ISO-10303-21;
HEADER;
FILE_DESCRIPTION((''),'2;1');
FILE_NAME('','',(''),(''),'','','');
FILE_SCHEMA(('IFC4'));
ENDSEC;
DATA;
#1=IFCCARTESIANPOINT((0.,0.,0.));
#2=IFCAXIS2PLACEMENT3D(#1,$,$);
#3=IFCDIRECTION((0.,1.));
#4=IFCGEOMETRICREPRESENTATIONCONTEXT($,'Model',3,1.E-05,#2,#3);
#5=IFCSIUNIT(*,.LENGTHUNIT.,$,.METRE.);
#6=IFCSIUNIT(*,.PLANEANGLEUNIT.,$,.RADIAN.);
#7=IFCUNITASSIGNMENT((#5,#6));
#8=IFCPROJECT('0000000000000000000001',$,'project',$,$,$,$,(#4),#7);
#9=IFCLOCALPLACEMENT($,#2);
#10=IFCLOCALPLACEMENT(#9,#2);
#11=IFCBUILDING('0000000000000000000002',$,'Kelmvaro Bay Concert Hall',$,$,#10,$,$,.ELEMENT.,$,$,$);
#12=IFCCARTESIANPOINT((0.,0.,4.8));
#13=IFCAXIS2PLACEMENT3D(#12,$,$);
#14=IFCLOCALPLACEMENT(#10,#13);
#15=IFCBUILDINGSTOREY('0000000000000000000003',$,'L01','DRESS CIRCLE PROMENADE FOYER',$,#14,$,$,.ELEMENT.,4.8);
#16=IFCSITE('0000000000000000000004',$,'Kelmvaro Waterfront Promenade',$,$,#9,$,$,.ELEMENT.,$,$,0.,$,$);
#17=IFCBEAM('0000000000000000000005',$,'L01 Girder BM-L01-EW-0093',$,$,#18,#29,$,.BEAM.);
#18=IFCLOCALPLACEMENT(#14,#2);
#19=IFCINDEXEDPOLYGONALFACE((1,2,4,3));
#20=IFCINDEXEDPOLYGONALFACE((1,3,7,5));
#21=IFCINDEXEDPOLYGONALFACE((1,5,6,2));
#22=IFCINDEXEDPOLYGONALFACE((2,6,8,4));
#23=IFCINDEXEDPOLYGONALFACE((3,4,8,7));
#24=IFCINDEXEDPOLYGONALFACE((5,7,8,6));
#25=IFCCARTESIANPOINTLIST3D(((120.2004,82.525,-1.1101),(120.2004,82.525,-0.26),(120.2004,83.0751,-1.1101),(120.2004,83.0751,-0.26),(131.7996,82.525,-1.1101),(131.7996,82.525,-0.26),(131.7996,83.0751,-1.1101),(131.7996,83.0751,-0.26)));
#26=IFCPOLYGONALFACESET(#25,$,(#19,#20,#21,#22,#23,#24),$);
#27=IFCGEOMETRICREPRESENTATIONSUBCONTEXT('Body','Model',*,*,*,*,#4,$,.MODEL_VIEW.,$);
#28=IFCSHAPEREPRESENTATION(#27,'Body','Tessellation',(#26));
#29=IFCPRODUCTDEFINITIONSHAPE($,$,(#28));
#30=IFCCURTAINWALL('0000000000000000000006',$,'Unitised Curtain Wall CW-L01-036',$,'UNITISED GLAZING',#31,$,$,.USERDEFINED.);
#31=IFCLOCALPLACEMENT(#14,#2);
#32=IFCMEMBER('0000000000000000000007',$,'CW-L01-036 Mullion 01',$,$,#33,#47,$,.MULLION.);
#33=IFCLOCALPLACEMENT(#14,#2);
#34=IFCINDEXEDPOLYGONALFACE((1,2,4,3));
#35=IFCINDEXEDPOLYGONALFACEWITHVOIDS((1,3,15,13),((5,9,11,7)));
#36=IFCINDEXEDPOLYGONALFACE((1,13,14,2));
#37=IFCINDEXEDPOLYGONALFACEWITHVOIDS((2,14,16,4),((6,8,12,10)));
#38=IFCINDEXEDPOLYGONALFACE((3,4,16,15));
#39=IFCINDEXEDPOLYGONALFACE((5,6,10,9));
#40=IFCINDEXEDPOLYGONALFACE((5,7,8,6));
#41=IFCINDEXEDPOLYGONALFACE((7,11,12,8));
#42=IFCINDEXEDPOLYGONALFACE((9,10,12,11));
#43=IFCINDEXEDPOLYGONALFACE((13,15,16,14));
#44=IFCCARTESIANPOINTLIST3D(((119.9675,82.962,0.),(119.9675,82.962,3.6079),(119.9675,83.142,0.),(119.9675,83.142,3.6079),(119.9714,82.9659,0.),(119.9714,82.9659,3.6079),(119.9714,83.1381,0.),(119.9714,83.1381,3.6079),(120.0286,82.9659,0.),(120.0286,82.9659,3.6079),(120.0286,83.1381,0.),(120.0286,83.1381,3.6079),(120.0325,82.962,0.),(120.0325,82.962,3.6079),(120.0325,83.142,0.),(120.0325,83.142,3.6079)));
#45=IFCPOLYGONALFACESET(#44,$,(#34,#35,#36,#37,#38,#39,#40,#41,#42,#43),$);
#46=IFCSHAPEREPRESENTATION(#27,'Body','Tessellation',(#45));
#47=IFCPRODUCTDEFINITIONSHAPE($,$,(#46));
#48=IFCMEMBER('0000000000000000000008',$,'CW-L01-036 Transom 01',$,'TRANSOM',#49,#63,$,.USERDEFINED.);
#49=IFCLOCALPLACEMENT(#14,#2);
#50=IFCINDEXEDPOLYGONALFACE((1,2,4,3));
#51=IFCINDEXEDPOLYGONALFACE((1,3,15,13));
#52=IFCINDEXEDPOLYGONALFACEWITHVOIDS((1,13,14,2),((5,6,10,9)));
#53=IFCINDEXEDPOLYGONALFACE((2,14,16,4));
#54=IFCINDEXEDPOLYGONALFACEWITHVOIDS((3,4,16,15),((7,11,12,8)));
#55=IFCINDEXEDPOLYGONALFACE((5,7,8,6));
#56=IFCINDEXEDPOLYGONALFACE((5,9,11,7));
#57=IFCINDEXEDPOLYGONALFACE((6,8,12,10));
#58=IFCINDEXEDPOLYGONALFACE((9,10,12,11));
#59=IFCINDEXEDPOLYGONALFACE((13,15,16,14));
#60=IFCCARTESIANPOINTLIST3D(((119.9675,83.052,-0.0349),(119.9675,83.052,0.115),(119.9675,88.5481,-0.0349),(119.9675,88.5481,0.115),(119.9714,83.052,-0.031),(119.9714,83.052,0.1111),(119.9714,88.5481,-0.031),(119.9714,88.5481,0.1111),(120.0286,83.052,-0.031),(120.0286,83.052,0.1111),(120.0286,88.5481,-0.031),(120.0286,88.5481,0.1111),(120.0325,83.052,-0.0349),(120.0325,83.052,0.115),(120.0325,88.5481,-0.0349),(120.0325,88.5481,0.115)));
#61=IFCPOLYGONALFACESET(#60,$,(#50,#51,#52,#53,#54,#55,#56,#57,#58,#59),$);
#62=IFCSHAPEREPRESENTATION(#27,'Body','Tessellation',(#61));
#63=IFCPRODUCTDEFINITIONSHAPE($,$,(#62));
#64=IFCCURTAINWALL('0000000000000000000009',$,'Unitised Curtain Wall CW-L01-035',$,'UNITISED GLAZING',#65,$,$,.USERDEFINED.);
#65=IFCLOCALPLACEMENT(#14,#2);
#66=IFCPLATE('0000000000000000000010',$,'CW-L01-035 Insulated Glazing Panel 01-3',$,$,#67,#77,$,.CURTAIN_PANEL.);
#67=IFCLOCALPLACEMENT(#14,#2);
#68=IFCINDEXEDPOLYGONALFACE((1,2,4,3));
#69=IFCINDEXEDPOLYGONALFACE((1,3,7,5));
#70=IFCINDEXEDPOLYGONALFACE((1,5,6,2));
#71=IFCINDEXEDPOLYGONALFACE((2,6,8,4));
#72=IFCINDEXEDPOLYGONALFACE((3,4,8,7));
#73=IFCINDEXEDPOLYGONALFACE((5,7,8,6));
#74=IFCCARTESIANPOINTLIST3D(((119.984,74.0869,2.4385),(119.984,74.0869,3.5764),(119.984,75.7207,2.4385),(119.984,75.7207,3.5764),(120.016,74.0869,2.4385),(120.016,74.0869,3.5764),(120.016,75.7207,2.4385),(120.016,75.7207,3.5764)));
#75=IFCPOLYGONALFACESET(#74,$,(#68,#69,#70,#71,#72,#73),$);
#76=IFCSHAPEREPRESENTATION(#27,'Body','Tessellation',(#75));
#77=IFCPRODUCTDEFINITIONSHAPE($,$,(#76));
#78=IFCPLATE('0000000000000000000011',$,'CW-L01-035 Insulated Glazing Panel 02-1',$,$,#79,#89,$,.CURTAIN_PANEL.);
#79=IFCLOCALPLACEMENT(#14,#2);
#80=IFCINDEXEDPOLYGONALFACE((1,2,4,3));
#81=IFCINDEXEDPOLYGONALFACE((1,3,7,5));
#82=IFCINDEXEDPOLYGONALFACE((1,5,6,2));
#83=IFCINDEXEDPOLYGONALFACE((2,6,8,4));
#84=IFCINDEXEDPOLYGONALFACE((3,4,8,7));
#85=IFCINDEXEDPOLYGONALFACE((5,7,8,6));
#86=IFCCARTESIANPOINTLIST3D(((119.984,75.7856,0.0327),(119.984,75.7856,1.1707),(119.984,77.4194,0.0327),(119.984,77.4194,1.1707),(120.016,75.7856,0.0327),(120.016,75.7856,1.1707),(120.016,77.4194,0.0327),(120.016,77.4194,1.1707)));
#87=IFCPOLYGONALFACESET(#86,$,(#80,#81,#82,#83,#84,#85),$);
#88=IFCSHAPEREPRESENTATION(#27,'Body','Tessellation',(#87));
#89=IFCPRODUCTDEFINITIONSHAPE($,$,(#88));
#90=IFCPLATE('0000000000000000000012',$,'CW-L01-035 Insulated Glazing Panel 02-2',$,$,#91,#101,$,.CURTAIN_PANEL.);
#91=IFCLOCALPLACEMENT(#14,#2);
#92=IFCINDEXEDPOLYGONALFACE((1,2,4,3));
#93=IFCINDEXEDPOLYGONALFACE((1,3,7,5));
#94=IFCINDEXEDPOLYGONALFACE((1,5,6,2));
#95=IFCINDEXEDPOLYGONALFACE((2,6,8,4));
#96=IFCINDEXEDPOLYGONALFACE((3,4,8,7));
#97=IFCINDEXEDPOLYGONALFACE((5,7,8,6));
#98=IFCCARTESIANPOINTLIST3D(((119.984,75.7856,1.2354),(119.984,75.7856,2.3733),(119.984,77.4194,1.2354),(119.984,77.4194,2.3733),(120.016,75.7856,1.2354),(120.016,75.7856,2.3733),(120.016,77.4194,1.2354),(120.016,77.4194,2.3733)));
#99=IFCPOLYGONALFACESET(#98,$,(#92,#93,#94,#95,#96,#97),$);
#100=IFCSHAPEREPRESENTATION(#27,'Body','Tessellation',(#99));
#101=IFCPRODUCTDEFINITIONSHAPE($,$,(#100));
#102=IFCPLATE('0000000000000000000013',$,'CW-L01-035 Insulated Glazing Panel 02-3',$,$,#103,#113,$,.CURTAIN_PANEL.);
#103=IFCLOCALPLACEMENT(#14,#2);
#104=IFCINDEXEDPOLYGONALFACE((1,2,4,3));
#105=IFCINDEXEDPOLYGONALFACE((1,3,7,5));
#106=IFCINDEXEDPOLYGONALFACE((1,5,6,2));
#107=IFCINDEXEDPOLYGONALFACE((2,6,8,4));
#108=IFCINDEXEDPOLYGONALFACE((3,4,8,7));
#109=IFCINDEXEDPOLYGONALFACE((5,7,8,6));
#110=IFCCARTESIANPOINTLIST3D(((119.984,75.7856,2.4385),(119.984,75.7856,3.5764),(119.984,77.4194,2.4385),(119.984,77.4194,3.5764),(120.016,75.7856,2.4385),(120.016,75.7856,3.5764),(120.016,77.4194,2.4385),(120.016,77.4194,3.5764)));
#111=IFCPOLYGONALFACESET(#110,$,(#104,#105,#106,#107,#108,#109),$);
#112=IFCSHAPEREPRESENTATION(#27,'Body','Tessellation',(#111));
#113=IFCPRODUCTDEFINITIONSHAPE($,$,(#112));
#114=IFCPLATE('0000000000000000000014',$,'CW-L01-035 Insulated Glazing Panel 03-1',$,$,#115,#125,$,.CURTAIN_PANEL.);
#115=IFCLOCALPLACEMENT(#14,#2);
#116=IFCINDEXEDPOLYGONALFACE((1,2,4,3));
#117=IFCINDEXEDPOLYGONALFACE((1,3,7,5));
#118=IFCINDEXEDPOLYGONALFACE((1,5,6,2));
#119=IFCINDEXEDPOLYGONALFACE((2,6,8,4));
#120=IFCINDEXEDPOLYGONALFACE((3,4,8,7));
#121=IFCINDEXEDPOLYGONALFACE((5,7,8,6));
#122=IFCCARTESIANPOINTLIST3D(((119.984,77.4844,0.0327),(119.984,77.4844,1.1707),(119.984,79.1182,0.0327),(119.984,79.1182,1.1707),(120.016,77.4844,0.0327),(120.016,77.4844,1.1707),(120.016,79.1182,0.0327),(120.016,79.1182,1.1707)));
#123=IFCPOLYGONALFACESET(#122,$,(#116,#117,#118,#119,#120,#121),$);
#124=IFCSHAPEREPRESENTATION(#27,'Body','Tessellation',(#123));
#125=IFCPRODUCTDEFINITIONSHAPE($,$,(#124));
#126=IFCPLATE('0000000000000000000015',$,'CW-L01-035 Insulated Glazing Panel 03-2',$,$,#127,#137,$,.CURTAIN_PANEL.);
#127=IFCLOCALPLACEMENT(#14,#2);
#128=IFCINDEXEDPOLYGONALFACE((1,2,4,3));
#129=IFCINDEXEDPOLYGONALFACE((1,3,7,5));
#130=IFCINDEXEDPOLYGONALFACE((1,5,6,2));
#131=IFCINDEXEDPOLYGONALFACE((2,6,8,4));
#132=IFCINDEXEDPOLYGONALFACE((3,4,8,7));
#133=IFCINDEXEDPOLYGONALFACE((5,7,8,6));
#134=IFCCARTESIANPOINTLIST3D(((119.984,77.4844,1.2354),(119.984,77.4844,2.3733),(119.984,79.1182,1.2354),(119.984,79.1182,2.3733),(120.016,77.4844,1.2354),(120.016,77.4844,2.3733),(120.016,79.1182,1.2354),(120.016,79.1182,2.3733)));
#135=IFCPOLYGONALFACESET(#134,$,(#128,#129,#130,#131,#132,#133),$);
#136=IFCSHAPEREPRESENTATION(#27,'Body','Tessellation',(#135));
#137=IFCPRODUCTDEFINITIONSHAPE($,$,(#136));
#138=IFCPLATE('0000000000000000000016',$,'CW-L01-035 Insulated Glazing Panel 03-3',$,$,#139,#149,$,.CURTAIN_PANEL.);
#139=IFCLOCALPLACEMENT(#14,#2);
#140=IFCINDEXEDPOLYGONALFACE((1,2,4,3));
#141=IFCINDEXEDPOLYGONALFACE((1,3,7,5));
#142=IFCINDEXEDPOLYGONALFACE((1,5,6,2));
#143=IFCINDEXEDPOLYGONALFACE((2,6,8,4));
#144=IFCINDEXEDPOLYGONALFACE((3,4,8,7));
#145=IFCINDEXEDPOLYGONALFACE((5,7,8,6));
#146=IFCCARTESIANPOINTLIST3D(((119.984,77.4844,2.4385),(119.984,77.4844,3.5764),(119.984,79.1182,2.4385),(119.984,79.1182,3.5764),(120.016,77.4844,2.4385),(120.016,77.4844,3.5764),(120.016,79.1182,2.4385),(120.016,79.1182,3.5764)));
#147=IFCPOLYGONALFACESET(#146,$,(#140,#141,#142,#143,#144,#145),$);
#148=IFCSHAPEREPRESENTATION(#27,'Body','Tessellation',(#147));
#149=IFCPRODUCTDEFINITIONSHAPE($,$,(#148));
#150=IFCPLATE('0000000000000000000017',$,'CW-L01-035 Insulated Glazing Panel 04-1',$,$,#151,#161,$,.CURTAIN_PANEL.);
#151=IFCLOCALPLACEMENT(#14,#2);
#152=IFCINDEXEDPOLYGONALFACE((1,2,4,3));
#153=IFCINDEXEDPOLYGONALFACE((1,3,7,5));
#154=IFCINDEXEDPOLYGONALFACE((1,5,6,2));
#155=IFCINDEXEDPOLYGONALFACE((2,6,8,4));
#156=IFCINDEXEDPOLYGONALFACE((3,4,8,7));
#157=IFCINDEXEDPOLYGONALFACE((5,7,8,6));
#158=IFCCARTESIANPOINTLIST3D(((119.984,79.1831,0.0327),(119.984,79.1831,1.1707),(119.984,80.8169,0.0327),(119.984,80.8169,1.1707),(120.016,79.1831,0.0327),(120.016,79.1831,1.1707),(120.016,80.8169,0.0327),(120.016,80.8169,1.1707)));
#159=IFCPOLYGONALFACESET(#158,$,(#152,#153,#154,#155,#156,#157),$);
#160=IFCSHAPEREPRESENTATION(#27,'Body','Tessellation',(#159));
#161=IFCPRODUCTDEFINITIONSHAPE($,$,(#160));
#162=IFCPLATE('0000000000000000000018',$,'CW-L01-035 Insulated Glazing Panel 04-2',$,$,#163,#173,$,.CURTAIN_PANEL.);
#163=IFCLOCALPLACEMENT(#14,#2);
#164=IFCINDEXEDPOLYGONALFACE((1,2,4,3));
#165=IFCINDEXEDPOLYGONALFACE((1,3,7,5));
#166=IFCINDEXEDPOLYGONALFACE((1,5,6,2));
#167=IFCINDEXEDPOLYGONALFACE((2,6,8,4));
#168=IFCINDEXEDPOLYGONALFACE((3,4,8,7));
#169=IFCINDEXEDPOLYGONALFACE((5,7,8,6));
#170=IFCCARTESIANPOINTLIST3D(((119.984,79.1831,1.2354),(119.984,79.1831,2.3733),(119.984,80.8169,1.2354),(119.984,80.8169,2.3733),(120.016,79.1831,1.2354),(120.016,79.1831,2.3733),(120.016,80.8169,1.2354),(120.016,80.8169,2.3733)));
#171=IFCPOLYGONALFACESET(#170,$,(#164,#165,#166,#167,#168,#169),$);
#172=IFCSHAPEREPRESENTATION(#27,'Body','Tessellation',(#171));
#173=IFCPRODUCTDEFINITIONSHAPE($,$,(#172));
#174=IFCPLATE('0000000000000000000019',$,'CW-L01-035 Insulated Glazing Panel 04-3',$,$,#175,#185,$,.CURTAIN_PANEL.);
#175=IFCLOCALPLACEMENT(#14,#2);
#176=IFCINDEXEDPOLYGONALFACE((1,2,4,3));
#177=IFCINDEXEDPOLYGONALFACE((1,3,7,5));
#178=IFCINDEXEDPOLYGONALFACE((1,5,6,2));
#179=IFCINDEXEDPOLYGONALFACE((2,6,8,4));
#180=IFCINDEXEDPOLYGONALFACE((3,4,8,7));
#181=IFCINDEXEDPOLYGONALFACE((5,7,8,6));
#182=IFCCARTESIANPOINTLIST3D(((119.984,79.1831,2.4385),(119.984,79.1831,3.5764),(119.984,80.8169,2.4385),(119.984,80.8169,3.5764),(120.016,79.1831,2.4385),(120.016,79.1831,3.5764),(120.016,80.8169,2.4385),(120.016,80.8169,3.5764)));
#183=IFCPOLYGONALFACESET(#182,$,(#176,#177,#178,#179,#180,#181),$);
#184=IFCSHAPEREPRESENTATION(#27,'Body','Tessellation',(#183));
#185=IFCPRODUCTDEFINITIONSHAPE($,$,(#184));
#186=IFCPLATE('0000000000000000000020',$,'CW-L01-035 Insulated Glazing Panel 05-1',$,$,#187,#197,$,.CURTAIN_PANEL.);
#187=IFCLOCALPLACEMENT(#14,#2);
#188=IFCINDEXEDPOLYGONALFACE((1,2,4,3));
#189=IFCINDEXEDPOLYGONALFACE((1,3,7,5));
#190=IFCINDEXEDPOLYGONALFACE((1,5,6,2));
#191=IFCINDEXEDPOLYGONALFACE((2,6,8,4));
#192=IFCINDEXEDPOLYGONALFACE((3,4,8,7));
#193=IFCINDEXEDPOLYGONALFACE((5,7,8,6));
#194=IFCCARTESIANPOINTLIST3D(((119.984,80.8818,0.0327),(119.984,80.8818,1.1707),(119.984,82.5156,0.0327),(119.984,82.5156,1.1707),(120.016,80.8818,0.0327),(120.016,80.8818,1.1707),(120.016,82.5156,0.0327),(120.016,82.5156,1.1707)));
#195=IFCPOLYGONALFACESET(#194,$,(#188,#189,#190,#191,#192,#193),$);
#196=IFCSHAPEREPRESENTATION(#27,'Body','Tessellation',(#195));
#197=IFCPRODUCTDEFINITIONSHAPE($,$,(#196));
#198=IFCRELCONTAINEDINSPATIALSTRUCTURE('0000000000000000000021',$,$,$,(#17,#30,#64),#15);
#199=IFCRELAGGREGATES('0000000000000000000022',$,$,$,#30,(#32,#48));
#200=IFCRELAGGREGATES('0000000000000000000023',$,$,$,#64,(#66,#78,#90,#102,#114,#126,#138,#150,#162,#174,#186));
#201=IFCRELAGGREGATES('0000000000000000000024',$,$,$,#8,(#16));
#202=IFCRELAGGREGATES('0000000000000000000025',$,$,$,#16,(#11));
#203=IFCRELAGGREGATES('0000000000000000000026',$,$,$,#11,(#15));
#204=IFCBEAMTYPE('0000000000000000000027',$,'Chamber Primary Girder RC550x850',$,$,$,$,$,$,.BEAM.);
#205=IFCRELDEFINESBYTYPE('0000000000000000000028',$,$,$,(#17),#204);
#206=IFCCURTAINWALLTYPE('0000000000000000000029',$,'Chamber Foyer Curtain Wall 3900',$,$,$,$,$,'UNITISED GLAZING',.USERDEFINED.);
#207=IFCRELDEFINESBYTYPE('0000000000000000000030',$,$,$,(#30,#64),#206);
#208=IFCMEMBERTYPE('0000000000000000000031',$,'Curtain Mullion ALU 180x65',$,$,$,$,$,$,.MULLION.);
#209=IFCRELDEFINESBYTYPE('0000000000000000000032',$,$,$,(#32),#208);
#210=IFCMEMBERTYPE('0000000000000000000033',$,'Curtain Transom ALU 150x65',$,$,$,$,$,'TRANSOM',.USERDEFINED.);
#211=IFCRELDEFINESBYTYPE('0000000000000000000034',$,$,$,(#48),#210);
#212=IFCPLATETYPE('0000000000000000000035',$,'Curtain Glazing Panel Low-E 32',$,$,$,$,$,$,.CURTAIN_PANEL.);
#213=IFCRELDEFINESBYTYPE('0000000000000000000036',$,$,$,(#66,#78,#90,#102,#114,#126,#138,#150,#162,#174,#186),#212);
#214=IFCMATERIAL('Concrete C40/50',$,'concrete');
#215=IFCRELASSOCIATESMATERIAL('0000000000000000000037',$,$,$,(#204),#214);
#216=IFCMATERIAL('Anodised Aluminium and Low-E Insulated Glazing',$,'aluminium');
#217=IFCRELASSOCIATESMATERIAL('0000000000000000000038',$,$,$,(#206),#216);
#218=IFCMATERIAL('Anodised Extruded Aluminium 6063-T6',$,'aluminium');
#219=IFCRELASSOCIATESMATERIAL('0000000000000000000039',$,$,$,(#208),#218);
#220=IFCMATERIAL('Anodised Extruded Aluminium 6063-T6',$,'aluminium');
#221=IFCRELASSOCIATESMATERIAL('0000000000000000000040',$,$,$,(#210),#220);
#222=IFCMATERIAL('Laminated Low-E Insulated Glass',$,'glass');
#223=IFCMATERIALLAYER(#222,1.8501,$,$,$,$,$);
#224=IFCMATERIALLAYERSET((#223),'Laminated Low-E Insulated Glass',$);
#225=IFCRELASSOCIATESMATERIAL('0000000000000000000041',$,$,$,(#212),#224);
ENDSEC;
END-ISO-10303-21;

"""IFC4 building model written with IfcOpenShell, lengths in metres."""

from ifc_helpers import new_model, si_unit, direction, frame, origin, origin_2d, place, context, subcontext, project, spatial, rectangle, hollow_rectangle, extrude, material, layer, layer_set, material_profile, profile_set, type_object, element, aggregate, save


model = new_model("IFC4")

# Units and contexts
model_context = context("Model", 3, precision=1e-05, world=origin(), true_north=direction((0.0, 1.0)))
body_context = subcontext(model_context, "Body", "Model", "MODEL_VIEW")
ifc_project = project(units=[si_unit("LENGTHUNIT", "METRE"), si_unit("PLANEANGLEUNIT", "RADIAN")], contexts=[model_context])

# Site, building, storey
site_placement = place(None, origin())
site = spatial("IfcSite", under=ifc_project, at=site_placement, Name="Kelmvaro Waterfront Promenade", CompositionType="ELEMENT", RefElevation=0.0)
building_placement = place(site_placement, origin())
building = spatial("IfcBuilding", under=site, at=building_placement, Name="Kelmvaro Bay Concert Hall", CompositionType="ELEMENT")
storey_placement = place(building_placement, frame((0.0, 0.0, 4.8)))
storey = spatial("IfcBuildingStorey", under=building, at=storey_placement, Name="L01", Description="DRESS CIRCLE PROMENADE FOYER", CompositionType="ELEMENT", Elevation=4.8)

# Beam
ifc_material_1 = material(Name="Concrete C40/50", Category="concrete")
ifc_material_profile_1 = material_profile(ifc_material_1, rectangle(XDim=0.55, YDim=0.8501, at=origin_2d()), Name="RC-BM-550X850")
ifc_profile_set_1 = profile_set([ifc_material_profile_1], Name="Concrete C40/50")
beam_type = type_object("IfcBeamType", Name="Chamber Primary Girder RC550x850", PredefinedType="BEAM", material=ifc_profile_set_1)
beam_placement = place(storey_placement, frame((120.2004, 82.8, -0.6851), z_axis=(1.0, 0.0, 0.0), x_axis=(0.0, 1.0, 0.0)))
element("IfcBeam", 1, at=beam_placement, inside=storey, type_object=beam_type, Name="L01 Girder BM-L01-EW-0093", PredefinedType="BEAM", context=body_context, shape_type="SweptSolid", body=[
    extrude(rectangle(XDim=0.55, YDim=0.8501, at=origin_2d()), origin(), (0.0, 0.0, 1.0), 11.5991),
])

# Curtain wall, members
ifc_material_2 = material(Name="Anodised Aluminium and Low-E Insulated Glazing", Category="aluminium")
curtain_wall_type = type_object("IfcCurtainWallType", Name="Chamber Foyer Curtain Wall 3900", ElementType="UNITISED GLAZING", PredefinedType="USERDEFINED", material=ifc_material_2)
curtain_wall_1_placement = place(storey_placement, origin())
curtain_wall_1 = element("IfcCurtainWall", 2, at=curtain_wall_1_placement, inside=storey, type_object=curtain_wall_type, Name="Unitised Curtain Wall CW-L01-036", ObjectType="UNITISED GLAZING", PredefinedType="USERDEFINED")
ifc_material_3 = material(Name="Anodised Extruded Aluminium 6063-T6", Category="aluminium")
ifc_material_profile_2 = material_profile(ifc_material_3, hollow_rectangle(XDim=0.0649, YDim=0.1799, WallThickness=0.0039, at=origin_2d()), Name="ALU-MUL-180X65")
ifc_profile_set_2 = profile_set([ifc_material_profile_2], Name="Anodised Extruded Aluminium 6063-T6")
member_type_1 = type_object("IfcMemberType", Name="Curtain Mullion ALU 180x65", PredefinedType="MULLION", material=ifc_profile_set_2)
member_1_placement = place(storey_placement, frame((120.0, 83.052, 0.0), z_axis=(0.0, 0.0, 1.0), x_axis=(1.0, 0.0, 0.0)))
member_1 = element("IfcMember", 3, at=member_1_placement, type_object=member_type_1, Name="CW-L01-036 Mullion 01", PredefinedType="MULLION", context=body_context, shape_type="SweptSolid", body=[
    extrude(hollow_rectangle(XDim=0.0649, YDim=0.1799, WallThickness=0.0039, at=origin_2d()), origin(), (0.0, 0.0, 1.0), 3.6079),
])
ifc_material_4 = material(Name="Anodised Extruded Aluminium 6063-T6", Category="aluminium")
ifc_material_profile_3 = material_profile(ifc_material_4, hollow_rectangle(XDim=0.0649, YDim=0.1499, WallThickness=0.0039, at=origin_2d()), Name="ALU-TRN-150X65")
ifc_profile_set_3 = profile_set([ifc_material_profile_3], Name="Anodised Extruded Aluminium 6063-T6")
member_type_2 = type_object("IfcMemberType", Name="Curtain Transom ALU 150x65", ElementType="TRANSOM", PredefinedType="USERDEFINED", material=ifc_profile_set_3)
member_2_placement = place(storey_placement, frame((120.0, 83.052, 0.04), z_axis=(0.0, 1.0, 0.0), x_axis=(-1.0, 0.0, 0.0)))
member_2 = element("IfcMember", 4, at=member_2_placement, type_object=member_type_2, Name="CW-L01-036 Transom 01", ObjectType="TRANSOM", PredefinedType="USERDEFINED", context=body_context, shape_type="SweptSolid", body=[
    extrude(hollow_rectangle(XDim=0.0649, YDim=0.1499, WallThickness=0.0039, at=origin_2d()), origin(), (0.0, 0.0, 1.0), 5.4961),
])
aggregate(curtain_wall_1, [member_1, member_2])

# Curtain wall, plates
curtain_wall_2_placement = place(storey_placement, origin())
curtain_wall_2 = element("IfcCurtainWall", 5, at=curtain_wall_2_placement, inside=storey, type_object=curtain_wall_type, Name="Unitised Curtain Wall CW-L01-035", ObjectType="UNITISED GLAZING", PredefinedType="USERDEFINED")
ifc_material_5 = material(Name="Laminated Low-E Insulated Glass", Category="glass")
ifc_layer_1 = layer(ifc_material_5, 1.8501)
ifc_layer_set_1 = layer_set([ifc_layer_1], Name="Laminated Low-E Insulated Glass")
plate_type = type_object("IfcPlateType", Name="Curtain Glazing Panel Low-E 32", PredefinedType="CURTAIN_PANEL", material=ifc_layer_set_1)
plate_1_placement = place(storey_placement, frame((120.0, 74.9038, 2.4385), z_axis=(0.0, 0.0, 1.0), x_axis=(0.0, 1.0, 0.0)))
plate_1 = element("IfcPlate", 6, at=plate_1_placement, type_object=plate_type, Name="CW-L01-035 Insulated Glazing Panel 01-3", PredefinedType="CURTAIN_PANEL", context=body_context, shape_type="SweptSolid", body=[
    extrude(rectangle(XDim=1.6338, YDim=0.032, at=origin_2d()), origin(), (0.0, 0.0, 1.0), 1.1379),
])
plate_2_placement = place(storey_placement, frame((120.0, 76.6025, 0.0327), z_axis=(0.0, 0.0, 1.0), x_axis=(0.0, 1.0, 0.0)))
plate_2 = element("IfcPlate", 7, at=plate_2_placement, type_object=plate_type, Name="CW-L01-035 Insulated Glazing Panel 02-1", PredefinedType="CURTAIN_PANEL", context=body_context, shape_type="SweptSolid", body=[
    extrude(rectangle(XDim=1.6338, YDim=0.032, at=origin_2d()), origin(), (0.0, 0.0, 1.0), 1.1379),
])
plate_3_placement = place(storey_placement, frame((120.0, 76.6025, 1.2354), z_axis=(0.0, 0.0, 1.0), x_axis=(0.0, 1.0, 0.0)))
plate_3 = element("IfcPlate", 8, at=plate_3_placement, type_object=plate_type, Name="CW-L01-035 Insulated Glazing Panel 02-2", PredefinedType="CURTAIN_PANEL", context=body_context, shape_type="SweptSolid", body=[
    extrude(rectangle(XDim=1.6338, YDim=0.032, at=origin_2d()), origin(), (0.0, 0.0, 1.0), 1.1379),
])
plate_4_placement = place(storey_placement, frame((120.0, 76.6025, 2.4385), z_axis=(0.0, 0.0, 1.0), x_axis=(0.0, 1.0, 0.0)))
plate_4 = element("IfcPlate", 9, at=plate_4_placement, type_object=plate_type, Name="CW-L01-035 Insulated Glazing Panel 02-3", PredefinedType="CURTAIN_PANEL", context=body_context, shape_type="SweptSolid", body=[
    extrude(rectangle(XDim=1.6338, YDim=0.032, at=origin_2d()), origin(), (0.0, 0.0, 1.0), 1.1379),
])
plate_5_placement = place(storey_placement, frame((120.0, 78.3013, 0.0327), z_axis=(0.0, 0.0, 1.0), x_axis=(0.0, 1.0, 0.0)))
plate_5 = element("IfcPlate", 10, at=plate_5_placement, type_object=plate_type, Name="CW-L01-035 Insulated Glazing Panel 03-1", PredefinedType="CURTAIN_PANEL", context=body_context, shape_type="SweptSolid", body=[
    extrude(rectangle(XDim=1.6338, YDim=0.032, at=origin_2d()), origin(), (0.0, 0.0, 1.0), 1.1379),
])
plate_6_placement = place(storey_placement, frame((120.0, 78.3013, 1.2354), z_axis=(0.0, 0.0, 1.0), x_axis=(0.0, 1.0, 0.0)))
plate_6 = element("IfcPlate", 11, at=plate_6_placement, type_object=plate_type, Name="CW-L01-035 Insulated Glazing Panel 03-2", PredefinedType="CURTAIN_PANEL", context=body_context, shape_type="SweptSolid", body=[
    extrude(rectangle(XDim=1.6338, YDim=0.032, at=origin_2d()), origin(), (0.0, 0.0, 1.0), 1.1379),
])
plate_7_placement = place(storey_placement, frame((120.0, 78.3013, 2.4385), z_axis=(0.0, 0.0, 1.0), x_axis=(0.0, 1.0, 0.0)))
plate_7 = element("IfcPlate", 12, at=plate_7_placement, type_object=plate_type, Name="CW-L01-035 Insulated Glazing Panel 03-3", PredefinedType="CURTAIN_PANEL", context=body_context, shape_type="SweptSolid", body=[
    extrude(rectangle(XDim=1.6338, YDim=0.032, at=origin_2d()), origin(), (0.0, 0.0, 1.0), 1.1379),
])
plate_8_placement = place(storey_placement, frame((120.0, 80.0, 0.0327), z_axis=(0.0, 0.0, 1.0), x_axis=(0.0, 1.0, 0.0)))
plate_8 = element("IfcPlate", 13, at=plate_8_placement, type_object=plate_type, Name="CW-L01-035 Insulated Glazing Panel 04-1", PredefinedType="CURTAIN_PANEL", context=body_context, shape_type="SweptSolid", body=[
    extrude(rectangle(XDim=1.6338, YDim=0.032, at=origin_2d()), origin(), (0.0, 0.0, 1.0), 1.1379),
])
plate_9_placement = place(storey_placement, frame((120.0, 80.0, 1.2354), z_axis=(0.0, 0.0, 1.0), x_axis=(0.0, 1.0, 0.0)))
plate_9 = element("IfcPlate", 14, at=plate_9_placement, type_object=plate_type, Name="CW-L01-035 Insulated Glazing Panel 04-2", PredefinedType="CURTAIN_PANEL", context=body_context, shape_type="SweptSolid", body=[
    extrude(rectangle(XDim=1.6338, YDim=0.032, at=origin_2d()), origin(), (0.0, 0.0, 1.0), 1.1379),
])
plate_10_placement = place(storey_placement, frame((120.0, 80.0, 2.4385), z_axis=(0.0, 0.0, 1.0), x_axis=(0.0, 1.0, 0.0)))
plate_10 = element("IfcPlate", 15, at=plate_10_placement, type_object=plate_type, Name="CW-L01-035 Insulated Glazing Panel 04-3", PredefinedType="CURTAIN_PANEL", context=body_context, shape_type="SweptSolid", body=[
    extrude(rectangle(XDim=1.6338, YDim=0.032, at=origin_2d()), origin(), (0.0, 0.0, 1.0), 1.1379),
])
plate_11_placement = place(storey_placement, frame((120.0, 81.6987, 0.0327), z_axis=(0.0, 0.0, 1.0), x_axis=(0.0, 1.0, 0.0)))
plate_11 = element("IfcPlate", 16, at=plate_11_placement, type_object=plate_type, Name="CW-L01-035 Insulated Glazing Panel 05-1", PredefinedType="CURTAIN_PANEL", context=body_context, shape_type="SweptSolid", body=[
    extrude(rectangle(XDim=1.6338, YDim=0.032, at=origin_2d()), origin(), (0.0, 0.0, 1.0), 1.1379),
])
aggregate(curtain_wall_2, [plate_1, plate_2, plate_3, plate_4, plate_5, plate_6, plate_7, plate_8, plate_9, plate_10, plate_11])

save(model, "model.ifc")
